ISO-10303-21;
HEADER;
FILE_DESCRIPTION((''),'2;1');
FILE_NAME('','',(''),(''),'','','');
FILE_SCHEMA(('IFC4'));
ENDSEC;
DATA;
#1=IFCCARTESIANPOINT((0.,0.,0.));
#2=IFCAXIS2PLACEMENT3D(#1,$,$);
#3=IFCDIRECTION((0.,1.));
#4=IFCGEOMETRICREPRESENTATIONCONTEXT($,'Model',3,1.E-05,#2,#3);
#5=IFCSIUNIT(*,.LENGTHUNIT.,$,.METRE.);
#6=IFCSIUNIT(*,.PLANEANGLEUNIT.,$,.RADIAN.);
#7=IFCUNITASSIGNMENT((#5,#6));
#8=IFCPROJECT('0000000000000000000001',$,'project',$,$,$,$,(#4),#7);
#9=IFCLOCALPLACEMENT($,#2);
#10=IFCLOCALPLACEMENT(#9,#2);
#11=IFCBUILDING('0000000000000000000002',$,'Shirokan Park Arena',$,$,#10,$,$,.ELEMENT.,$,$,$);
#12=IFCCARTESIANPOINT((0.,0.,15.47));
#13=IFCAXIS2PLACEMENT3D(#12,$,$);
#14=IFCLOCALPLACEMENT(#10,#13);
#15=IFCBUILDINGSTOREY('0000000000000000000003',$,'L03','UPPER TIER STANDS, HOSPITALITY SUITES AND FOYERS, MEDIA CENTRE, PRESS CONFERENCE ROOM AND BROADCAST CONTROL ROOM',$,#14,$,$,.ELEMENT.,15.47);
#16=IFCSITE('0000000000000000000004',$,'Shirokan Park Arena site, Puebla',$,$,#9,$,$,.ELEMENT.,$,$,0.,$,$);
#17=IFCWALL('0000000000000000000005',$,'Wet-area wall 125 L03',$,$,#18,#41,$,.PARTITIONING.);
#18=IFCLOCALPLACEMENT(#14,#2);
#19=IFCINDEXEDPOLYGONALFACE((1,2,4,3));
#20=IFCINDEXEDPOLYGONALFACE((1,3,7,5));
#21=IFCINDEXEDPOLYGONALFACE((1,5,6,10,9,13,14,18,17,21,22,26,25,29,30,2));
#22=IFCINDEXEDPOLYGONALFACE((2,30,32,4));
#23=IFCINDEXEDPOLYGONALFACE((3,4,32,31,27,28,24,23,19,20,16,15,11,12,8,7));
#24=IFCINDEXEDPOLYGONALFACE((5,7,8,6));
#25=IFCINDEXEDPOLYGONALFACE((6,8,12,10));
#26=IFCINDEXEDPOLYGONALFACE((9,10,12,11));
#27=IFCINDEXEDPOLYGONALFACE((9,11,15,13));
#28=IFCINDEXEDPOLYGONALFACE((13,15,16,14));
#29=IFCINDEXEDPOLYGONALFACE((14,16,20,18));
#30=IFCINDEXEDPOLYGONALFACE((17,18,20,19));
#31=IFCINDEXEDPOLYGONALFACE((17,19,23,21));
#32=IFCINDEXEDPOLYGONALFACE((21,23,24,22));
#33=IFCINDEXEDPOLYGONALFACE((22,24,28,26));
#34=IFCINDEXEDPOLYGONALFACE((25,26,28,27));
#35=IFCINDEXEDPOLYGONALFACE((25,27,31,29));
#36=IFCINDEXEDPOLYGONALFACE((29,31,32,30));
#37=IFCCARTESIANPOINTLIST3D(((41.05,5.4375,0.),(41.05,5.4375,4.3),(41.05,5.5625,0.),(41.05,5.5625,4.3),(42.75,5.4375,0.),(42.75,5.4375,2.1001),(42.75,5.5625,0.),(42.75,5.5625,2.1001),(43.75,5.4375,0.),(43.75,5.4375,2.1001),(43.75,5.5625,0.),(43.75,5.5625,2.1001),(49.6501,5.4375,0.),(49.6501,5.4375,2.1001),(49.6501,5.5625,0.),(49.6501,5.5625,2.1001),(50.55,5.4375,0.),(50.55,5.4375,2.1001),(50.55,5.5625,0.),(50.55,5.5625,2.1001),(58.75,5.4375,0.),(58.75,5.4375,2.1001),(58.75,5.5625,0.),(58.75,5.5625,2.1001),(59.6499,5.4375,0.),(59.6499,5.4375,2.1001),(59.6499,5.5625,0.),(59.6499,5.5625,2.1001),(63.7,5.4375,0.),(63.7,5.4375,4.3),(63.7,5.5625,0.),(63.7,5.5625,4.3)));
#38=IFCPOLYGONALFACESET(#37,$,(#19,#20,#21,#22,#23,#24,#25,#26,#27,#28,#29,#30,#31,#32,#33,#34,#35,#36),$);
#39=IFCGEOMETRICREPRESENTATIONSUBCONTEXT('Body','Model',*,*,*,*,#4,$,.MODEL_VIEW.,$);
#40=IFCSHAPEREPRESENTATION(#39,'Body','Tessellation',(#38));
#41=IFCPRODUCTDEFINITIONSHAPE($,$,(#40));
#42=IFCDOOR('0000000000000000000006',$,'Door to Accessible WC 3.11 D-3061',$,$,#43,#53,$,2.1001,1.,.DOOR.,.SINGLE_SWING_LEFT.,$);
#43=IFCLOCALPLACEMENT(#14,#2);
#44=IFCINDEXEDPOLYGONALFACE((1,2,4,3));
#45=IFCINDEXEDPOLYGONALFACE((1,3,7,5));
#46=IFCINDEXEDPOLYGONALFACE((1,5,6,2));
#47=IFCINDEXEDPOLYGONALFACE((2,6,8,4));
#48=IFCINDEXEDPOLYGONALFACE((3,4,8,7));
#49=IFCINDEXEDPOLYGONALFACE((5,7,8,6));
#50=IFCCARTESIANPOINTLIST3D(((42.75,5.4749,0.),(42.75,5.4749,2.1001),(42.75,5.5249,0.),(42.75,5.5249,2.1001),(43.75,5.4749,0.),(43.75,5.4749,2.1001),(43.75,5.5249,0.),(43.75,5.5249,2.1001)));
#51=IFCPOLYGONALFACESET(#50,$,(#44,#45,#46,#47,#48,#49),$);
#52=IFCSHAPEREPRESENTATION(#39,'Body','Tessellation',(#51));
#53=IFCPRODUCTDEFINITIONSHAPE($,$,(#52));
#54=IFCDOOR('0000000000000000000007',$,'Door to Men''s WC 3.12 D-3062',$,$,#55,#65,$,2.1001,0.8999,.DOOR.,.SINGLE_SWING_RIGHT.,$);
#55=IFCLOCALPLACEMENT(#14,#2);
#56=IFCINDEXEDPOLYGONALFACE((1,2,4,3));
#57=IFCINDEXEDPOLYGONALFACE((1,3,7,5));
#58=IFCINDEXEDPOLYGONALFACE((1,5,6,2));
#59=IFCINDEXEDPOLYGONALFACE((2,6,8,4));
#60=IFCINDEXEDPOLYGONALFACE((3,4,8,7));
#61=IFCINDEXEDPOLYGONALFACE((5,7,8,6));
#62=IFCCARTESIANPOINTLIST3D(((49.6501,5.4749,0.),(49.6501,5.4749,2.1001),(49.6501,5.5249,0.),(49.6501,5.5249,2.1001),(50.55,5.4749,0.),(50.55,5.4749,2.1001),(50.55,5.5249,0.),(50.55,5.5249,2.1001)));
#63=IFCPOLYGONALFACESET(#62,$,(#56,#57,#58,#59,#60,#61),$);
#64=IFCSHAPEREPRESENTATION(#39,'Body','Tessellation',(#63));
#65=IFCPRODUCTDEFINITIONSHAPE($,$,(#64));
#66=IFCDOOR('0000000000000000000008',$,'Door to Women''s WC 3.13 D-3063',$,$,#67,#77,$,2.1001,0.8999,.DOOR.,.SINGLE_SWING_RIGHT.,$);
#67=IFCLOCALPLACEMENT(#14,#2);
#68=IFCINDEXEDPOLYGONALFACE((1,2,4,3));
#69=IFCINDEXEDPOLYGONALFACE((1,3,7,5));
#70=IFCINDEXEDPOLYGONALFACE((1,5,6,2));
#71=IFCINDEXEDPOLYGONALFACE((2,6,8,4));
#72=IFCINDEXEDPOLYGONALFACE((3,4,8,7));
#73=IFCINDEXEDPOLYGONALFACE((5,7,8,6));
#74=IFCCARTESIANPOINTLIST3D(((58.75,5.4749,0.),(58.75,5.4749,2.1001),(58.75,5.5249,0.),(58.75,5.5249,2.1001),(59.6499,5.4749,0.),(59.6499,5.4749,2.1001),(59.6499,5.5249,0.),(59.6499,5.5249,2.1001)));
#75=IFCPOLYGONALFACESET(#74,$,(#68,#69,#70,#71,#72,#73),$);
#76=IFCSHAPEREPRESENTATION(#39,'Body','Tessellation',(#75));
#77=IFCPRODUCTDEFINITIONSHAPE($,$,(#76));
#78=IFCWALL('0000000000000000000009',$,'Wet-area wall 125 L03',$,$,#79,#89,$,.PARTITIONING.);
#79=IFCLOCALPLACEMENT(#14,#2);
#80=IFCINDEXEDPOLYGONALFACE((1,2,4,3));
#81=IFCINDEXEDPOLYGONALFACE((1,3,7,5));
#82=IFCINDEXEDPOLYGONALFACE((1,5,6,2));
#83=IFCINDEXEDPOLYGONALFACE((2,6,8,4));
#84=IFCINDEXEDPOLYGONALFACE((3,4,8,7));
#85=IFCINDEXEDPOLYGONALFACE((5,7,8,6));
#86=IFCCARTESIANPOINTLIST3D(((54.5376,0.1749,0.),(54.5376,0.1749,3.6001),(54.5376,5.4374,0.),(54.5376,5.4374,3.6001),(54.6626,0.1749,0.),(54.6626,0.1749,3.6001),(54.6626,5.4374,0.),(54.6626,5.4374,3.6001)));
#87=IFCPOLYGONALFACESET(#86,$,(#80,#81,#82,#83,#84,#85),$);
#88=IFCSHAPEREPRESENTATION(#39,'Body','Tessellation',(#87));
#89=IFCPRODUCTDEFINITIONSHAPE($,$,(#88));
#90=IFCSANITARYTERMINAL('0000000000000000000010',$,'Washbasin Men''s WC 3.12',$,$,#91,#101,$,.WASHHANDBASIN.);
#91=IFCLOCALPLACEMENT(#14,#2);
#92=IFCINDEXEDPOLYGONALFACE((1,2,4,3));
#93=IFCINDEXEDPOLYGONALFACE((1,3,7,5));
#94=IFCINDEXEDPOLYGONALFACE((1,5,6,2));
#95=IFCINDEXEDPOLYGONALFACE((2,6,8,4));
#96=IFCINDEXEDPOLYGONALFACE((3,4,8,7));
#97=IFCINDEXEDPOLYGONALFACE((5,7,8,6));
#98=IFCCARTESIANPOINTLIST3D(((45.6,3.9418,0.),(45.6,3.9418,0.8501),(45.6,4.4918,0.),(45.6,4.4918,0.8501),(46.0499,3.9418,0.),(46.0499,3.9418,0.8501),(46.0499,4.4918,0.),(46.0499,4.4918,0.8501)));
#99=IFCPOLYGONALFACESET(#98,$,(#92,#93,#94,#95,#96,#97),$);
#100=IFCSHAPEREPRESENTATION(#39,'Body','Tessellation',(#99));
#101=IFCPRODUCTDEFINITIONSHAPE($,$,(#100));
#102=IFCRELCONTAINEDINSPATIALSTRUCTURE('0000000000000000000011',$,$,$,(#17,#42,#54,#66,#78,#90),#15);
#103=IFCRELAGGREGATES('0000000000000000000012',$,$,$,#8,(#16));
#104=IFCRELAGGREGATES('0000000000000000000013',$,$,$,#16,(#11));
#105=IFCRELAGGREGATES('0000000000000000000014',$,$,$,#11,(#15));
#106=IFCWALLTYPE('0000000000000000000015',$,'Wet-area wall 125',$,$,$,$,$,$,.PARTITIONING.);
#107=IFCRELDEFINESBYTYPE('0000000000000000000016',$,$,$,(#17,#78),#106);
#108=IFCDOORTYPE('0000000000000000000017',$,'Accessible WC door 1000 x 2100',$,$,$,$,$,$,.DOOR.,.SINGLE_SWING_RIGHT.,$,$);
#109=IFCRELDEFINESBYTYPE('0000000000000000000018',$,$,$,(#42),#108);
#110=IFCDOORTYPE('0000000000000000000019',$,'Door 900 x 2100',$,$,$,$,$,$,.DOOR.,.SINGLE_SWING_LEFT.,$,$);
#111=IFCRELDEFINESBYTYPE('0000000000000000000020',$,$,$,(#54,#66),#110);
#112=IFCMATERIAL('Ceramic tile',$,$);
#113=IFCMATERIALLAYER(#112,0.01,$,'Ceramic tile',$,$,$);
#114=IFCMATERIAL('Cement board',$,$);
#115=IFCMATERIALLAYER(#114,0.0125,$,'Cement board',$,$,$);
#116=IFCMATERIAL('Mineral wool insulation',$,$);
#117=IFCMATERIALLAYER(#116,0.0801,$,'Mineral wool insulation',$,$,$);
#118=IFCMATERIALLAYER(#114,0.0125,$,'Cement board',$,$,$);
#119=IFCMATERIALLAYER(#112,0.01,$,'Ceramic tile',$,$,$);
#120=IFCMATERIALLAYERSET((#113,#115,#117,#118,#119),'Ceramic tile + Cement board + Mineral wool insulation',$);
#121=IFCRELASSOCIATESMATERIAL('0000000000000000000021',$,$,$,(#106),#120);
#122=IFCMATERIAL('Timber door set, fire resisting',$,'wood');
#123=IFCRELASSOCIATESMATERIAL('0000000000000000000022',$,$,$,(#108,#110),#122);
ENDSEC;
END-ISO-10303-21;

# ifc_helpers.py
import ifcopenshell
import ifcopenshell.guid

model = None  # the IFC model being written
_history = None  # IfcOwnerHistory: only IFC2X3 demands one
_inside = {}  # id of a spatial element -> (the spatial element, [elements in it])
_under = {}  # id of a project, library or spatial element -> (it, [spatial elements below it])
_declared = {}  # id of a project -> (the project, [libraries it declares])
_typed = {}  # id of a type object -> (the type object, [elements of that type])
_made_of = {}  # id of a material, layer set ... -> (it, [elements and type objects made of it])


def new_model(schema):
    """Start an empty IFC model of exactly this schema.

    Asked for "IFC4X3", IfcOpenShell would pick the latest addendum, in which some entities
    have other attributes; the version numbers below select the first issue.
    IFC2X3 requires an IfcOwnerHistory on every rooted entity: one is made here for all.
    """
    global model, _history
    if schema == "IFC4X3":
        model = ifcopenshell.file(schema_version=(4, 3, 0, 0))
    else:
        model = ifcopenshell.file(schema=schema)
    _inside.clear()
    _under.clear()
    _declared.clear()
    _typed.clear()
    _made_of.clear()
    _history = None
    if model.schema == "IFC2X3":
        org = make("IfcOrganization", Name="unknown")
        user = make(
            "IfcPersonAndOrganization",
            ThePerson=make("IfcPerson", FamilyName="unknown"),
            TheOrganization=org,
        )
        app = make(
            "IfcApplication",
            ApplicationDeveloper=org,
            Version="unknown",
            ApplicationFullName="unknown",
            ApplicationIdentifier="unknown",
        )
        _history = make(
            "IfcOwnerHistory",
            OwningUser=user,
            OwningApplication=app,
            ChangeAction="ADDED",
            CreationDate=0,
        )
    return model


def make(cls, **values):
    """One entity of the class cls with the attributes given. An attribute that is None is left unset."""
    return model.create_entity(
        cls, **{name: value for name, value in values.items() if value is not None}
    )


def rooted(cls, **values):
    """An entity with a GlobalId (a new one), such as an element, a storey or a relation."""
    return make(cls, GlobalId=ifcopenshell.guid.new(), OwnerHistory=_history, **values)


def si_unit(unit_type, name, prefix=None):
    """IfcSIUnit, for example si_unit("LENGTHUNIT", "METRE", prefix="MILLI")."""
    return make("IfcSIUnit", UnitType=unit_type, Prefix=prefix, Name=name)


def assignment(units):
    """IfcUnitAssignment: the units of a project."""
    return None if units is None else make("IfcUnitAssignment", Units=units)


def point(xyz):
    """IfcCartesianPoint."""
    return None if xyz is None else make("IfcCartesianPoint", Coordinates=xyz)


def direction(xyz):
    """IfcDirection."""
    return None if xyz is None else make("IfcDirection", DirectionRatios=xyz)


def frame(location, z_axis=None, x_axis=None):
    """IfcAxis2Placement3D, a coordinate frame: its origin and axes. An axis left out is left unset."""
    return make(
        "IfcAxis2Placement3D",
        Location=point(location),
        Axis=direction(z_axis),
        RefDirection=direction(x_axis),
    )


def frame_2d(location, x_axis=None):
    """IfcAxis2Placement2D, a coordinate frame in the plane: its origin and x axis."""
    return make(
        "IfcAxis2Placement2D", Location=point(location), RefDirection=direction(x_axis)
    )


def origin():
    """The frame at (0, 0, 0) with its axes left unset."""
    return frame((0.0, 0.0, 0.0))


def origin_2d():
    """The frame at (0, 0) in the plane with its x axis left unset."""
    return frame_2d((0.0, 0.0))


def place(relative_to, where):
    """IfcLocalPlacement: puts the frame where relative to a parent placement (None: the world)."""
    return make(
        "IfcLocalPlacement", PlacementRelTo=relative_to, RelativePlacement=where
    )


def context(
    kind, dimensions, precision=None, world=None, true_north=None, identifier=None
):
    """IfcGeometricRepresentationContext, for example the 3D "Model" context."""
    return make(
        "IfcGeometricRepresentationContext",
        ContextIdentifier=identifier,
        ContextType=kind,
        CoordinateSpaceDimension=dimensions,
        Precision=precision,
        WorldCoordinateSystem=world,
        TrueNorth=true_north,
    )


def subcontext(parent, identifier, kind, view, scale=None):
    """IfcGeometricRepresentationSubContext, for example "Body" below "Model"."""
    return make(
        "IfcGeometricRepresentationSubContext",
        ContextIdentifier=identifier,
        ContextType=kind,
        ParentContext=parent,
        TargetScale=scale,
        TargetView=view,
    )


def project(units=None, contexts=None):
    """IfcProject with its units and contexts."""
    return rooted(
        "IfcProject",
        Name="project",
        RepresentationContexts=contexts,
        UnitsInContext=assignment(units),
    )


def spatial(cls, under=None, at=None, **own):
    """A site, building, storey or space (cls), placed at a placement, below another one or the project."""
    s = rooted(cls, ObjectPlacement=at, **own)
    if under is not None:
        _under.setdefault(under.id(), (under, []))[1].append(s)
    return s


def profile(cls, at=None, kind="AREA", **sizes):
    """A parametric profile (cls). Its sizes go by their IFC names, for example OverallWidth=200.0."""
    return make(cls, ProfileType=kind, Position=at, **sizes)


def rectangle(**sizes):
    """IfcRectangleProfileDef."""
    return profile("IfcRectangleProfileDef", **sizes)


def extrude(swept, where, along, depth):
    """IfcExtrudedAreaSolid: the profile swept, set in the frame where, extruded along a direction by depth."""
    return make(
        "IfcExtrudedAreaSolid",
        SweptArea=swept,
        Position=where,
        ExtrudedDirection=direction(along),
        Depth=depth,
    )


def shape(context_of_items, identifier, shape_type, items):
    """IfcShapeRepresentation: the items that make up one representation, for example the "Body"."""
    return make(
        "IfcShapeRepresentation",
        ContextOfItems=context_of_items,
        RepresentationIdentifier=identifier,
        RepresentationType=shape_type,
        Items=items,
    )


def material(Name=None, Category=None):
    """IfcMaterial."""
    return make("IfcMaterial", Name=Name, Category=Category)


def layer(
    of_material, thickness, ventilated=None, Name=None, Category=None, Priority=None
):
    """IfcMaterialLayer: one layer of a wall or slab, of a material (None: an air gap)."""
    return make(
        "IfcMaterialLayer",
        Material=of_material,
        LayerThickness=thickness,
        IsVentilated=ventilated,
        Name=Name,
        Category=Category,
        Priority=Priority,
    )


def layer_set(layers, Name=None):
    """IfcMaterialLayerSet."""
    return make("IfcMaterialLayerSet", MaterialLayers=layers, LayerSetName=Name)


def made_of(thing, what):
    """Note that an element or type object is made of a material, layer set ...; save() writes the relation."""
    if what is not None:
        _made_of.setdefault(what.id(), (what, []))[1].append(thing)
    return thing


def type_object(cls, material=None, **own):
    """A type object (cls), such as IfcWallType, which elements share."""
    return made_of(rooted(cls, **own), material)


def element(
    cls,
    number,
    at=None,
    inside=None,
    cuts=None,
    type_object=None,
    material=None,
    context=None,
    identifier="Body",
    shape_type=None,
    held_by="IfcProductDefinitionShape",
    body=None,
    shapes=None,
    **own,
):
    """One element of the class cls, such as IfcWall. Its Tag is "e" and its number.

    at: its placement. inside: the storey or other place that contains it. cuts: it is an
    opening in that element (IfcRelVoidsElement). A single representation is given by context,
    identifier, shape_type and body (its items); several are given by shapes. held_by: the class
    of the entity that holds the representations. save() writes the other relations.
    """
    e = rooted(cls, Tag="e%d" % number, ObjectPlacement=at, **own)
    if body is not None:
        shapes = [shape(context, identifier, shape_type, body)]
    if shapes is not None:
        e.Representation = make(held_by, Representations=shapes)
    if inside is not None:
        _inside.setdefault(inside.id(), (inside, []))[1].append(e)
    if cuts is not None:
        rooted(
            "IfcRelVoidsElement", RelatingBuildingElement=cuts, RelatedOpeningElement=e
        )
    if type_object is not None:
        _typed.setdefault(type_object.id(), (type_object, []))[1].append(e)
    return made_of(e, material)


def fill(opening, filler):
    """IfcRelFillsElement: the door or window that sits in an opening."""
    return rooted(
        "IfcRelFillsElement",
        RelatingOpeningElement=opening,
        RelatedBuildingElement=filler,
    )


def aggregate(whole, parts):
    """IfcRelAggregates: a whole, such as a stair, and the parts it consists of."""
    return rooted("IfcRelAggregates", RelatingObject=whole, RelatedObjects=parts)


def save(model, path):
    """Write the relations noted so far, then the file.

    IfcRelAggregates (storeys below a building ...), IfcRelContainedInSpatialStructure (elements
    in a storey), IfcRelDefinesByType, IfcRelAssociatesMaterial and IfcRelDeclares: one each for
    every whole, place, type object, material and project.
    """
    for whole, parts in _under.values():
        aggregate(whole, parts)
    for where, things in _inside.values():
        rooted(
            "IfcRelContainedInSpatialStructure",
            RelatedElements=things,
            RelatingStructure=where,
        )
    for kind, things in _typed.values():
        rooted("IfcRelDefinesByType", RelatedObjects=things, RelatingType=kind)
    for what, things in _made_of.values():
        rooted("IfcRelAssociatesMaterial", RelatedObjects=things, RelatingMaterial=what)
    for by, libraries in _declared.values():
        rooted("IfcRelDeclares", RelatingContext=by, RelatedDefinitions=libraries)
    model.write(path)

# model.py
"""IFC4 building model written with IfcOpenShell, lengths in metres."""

from ifc_helpers import new_model, si_unit, direction, frame, frame_2d, origin, origin_2d, place, context, subcontext, project, spatial, rectangle, extrude, material, layer, layer_set, type_object, element, fill, save


model = new_model("IFC4")

# Units and contexts
model_context = context("Model", 3, precision=1e-05, world=origin(), true_north=direction((0.0, 1.0)))
body_context = subcontext(model_context, "Body", "Model", "MODEL_VIEW")
ifc_project = project(units=[si_unit("LENGTHUNIT", "METRE"), si_unit("PLANEANGLEUNIT", "RADIAN")], contexts=[model_context])

# Site, building, storey
site_placement = place(None, origin())
site = spatial("IfcSite", under=ifc_project, at=site_placement, Name="Shirokan Park Arena site, Puebla", CompositionType="ELEMENT", RefElevation=0.0)
building_placement = place(site_placement, origin())
building = spatial("IfcBuilding", under=site, at=building_placement, Name="Shirokan Park Arena", CompositionType="ELEMENT")
storey_placement = place(building_placement, frame((0.0, 0.0, 15.47)))
storey = spatial("IfcBuildingStorey", under=building, at=storey_placement, Name="L03", Description="UPPER TIER STANDS, HOSPITALITY SUITES AND FOYERS, MEDIA CENTRE, PRESS CONFERENCE ROOM AND BROADCAST CONTROL ROOM", CompositionType="ELEMENT", Elevation=15.47)

# Shared definitions
ifc_material_1 = material(Name="Mineral wool insulation")

# Shared definitions
ifc_material_2 = material(Name="Ceramic tile")
ifc_layer_1 = layer(ifc_material_2, 0.01, Name="Ceramic tile")
ifc_material_3 = material(Name="Cement board")
ifc_layer_2 = layer(ifc_material_3, 0.0125, Name="Cement board")
ifc_layer_3 = layer(ifc_material_1, 0.0801, Name="Mineral wool insulation")
ifc_layer_4 = layer(ifc_material_3, 0.0125, Name="Cement board")
ifc_layer_5 = layer(ifc_material_2, 0.01, Name="Ceramic tile")
ifc_layer_set_1 = layer_set([ifc_layer_1, ifc_layer_2, ifc_layer_3, ifc_layer_4, ifc_layer_5], Name="Ceramic tile + Cement board + Mineral wool insulation")
wall_type_1 = type_object("IfcWallType", Name="Wet-area wall 125", PredefinedType="PARTITIONING", material=ifc_layer_set_1)

# Wall, openings, doors
wall_1_placement = place(storey_placement, frame((41.05, 5.5, 0.0), z_axis=(0.0, 0.0, 1.0), x_axis=(1.0, 0.0, 0.0)))
wall_1 = element("IfcWall", 1, at=wall_1_placement, inside=storey, type_object=wall_type_1, Name="Wet-area wall 125 L03", PredefinedType="PARTITIONING", context=body_context, shape_type="SweptSolid", body=[
    extrude(rectangle(XDim=22.6499, YDim=0.125, at=frame_2d((11.325, 0.0))), origin(), (0.0, 0.0, 1.0), 4.3),
])
opening_1_placement = place(wall_1_placement, frame((1.7, 0.0, 0.0)))
opening_1 = element("IfcOpeningElement", 2, at=opening_1_placement, cuts=wall_1, PredefinedType="OPENING", context=body_context, shape_type="SweptSolid", body=[
    extrude(rectangle(XDim=1.0, YDim=2.1001, at=frame_2d((0.5, 1.05))), frame((0.0, 0.0725, 0.0), z_axis=(0.0, -1.0, 0.0), x_axis=(1.0, 0.0, 0.0)), (0.0, 0.0, 1.0), 0.145),
])
opening_2_placement = place(wall_1_placement, frame((8.6001, 0.0, 0.0)))
opening_2 = element("IfcOpeningElement", 3, at=opening_2_placement, cuts=wall_1, PredefinedType="OPENING", context=body_context, shape_type="SweptSolid", body=[
    extrude(rectangle(XDim=0.8999, YDim=2.1001, at=frame_2d((0.45, 1.05))), frame((0.0, 0.0725, 0.0), z_axis=(0.0, -1.0, 0.0), x_axis=(1.0, 0.0, 0.0)), (0.0, 0.0, 1.0), 0.145),
])
opening_3_placement = place(wall_1_placement, frame((17.7, 0.0, 0.0)))
opening_3 = element("IfcOpeningElement", 4, at=opening_3_placement, cuts=wall_1, PredefinedType="OPENING", context=body_context, shape_type="SweptSolid", body=[
    extrude(rectangle(XDim=0.8999, YDim=2.1001, at=frame_2d((0.45, 1.05))), frame((0.0, 0.0725, 0.0), z_axis=(0.0, -1.0, 0.0), x_axis=(1.0, 0.0, 0.0)), (0.0, 0.0, 1.0), 0.145),
])
ifc_material_4 = material(Name="Timber door set, fire resisting", Category="wood")
door_type_1 = type_object("IfcDoorType", Name="Accessible WC door 1000 x 2100", OperationType="SINGLE_SWING_RIGHT", PredefinedType="DOOR", material=ifc_material_4)
door_1_placement = place(opening_1_placement, origin())
door_1 = element("IfcDoor", 5, at=door_1_placement, inside=storey, type_object=door_type_1, Name="Door to Accessible WC 3.11 D-3061", OperationType="SINGLE_SWING_LEFT", OverallHeight=2.1001, OverallWidth=1.0, PredefinedType="DOOR", context=body_context, shape_type="SweptSolid", body=[
    extrude(rectangle(XDim=1.0, YDim=2.1001, at=frame_2d((0.5, 1.05))), frame((0.0, 0.0249, 0.0), z_axis=(0.0, -1.0, 0.0), x_axis=(1.0, 0.0, 0.0)), (0.0, 0.0, 1.0), 0.05),
])
fill(opening_1, door_1)
door_type_2 = type_object("IfcDoorType", Name="Door 900 x 2100", OperationType="SINGLE_SWING_LEFT", PredefinedType="DOOR", material=ifc_material_4)
door_2_placement = place(opening_2_placement, origin())
door_2 = element("IfcDoor", 6, at=door_2_placement, inside=storey, type_object=door_type_2, Name="Door to Men's WC 3.12 D-3062", OperationType="SINGLE_SWING_RIGHT", OverallHeight=2.1001, OverallWidth=0.8999, PredefinedType="DOOR", context=body_context, shape_type="SweptSolid", body=[
    extrude(rectangle(XDim=0.8999, YDim=2.1001, at=frame_2d((0.45, 1.05))), frame((0.0, 0.0249, 0.0), z_axis=(0.0, -1.0, 0.0), x_axis=(1.0, 0.0, 0.0)), (0.0, 0.0, 1.0), 0.05),
])
fill(opening_2, door_2)
door_3_placement = place(opening_3_placement, origin())
door_3 = element("IfcDoor", 7, at=door_3_placement, inside=storey, type_object=door_type_2, Name="Door to Women's WC 3.13 D-3063", OperationType="SINGLE_SWING_RIGHT", OverallHeight=2.1001, OverallWidth=0.8999, PredefinedType="DOOR", context=body_context, shape_type="SweptSolid", body=[
    extrude(rectangle(XDim=0.8999, YDim=2.1001, at=frame_2d((0.45, 1.05))), frame((0.0, 0.0249, 0.0), z_axis=(0.0, -1.0, 0.0), x_axis=(1.0, 0.0, 0.0)), (0.0, 0.0, 1.0), 0.05),
])
fill(opening_3, door_3)

# Wall
wall_2_placement = place(storey_placement, frame((54.6001, 5.4375, 0.0), z_axis=(0.0, 0.0, 1.0), x_axis=(0.0, -1.0, 0.0)))
element("IfcWall", 8, at=wall_2_placement, inside=storey, type_object=wall_type_1, Name="Wet-area wall 125 L03", PredefinedType="PARTITIONING", context=body_context, shape_type="SweptSolid", body=[
    extrude(rectangle(XDim=5.2625, YDim=0.125, at=frame_2d((2.6313, 0.0))), origin(), (0.0, 0.0, 1.0), 3.6001),
])

# Sanitary terminal
sanitary_terminal_placement = place(storey_placement, frame((45.825, 4.2168, 0.0), z_axis=(0.0, 0.0, 1.0), x_axis=(1.0, 0.0, 0.0)))
element("IfcSanitaryTerminal", 9, at=sanitary_terminal_placement, inside=storey, Name="Washbasin Men's WC 3.12", PredefinedType="WASHHANDBASIN", context=body_context, shape_type="SweptSolid", body=[
    extrude(rectangle(XDim=0.45, YDim=0.55, at=origin_2d()), origin(), (0.0, 0.0, 1.0), 0.8501),
])

save(model, "model.ifc")
